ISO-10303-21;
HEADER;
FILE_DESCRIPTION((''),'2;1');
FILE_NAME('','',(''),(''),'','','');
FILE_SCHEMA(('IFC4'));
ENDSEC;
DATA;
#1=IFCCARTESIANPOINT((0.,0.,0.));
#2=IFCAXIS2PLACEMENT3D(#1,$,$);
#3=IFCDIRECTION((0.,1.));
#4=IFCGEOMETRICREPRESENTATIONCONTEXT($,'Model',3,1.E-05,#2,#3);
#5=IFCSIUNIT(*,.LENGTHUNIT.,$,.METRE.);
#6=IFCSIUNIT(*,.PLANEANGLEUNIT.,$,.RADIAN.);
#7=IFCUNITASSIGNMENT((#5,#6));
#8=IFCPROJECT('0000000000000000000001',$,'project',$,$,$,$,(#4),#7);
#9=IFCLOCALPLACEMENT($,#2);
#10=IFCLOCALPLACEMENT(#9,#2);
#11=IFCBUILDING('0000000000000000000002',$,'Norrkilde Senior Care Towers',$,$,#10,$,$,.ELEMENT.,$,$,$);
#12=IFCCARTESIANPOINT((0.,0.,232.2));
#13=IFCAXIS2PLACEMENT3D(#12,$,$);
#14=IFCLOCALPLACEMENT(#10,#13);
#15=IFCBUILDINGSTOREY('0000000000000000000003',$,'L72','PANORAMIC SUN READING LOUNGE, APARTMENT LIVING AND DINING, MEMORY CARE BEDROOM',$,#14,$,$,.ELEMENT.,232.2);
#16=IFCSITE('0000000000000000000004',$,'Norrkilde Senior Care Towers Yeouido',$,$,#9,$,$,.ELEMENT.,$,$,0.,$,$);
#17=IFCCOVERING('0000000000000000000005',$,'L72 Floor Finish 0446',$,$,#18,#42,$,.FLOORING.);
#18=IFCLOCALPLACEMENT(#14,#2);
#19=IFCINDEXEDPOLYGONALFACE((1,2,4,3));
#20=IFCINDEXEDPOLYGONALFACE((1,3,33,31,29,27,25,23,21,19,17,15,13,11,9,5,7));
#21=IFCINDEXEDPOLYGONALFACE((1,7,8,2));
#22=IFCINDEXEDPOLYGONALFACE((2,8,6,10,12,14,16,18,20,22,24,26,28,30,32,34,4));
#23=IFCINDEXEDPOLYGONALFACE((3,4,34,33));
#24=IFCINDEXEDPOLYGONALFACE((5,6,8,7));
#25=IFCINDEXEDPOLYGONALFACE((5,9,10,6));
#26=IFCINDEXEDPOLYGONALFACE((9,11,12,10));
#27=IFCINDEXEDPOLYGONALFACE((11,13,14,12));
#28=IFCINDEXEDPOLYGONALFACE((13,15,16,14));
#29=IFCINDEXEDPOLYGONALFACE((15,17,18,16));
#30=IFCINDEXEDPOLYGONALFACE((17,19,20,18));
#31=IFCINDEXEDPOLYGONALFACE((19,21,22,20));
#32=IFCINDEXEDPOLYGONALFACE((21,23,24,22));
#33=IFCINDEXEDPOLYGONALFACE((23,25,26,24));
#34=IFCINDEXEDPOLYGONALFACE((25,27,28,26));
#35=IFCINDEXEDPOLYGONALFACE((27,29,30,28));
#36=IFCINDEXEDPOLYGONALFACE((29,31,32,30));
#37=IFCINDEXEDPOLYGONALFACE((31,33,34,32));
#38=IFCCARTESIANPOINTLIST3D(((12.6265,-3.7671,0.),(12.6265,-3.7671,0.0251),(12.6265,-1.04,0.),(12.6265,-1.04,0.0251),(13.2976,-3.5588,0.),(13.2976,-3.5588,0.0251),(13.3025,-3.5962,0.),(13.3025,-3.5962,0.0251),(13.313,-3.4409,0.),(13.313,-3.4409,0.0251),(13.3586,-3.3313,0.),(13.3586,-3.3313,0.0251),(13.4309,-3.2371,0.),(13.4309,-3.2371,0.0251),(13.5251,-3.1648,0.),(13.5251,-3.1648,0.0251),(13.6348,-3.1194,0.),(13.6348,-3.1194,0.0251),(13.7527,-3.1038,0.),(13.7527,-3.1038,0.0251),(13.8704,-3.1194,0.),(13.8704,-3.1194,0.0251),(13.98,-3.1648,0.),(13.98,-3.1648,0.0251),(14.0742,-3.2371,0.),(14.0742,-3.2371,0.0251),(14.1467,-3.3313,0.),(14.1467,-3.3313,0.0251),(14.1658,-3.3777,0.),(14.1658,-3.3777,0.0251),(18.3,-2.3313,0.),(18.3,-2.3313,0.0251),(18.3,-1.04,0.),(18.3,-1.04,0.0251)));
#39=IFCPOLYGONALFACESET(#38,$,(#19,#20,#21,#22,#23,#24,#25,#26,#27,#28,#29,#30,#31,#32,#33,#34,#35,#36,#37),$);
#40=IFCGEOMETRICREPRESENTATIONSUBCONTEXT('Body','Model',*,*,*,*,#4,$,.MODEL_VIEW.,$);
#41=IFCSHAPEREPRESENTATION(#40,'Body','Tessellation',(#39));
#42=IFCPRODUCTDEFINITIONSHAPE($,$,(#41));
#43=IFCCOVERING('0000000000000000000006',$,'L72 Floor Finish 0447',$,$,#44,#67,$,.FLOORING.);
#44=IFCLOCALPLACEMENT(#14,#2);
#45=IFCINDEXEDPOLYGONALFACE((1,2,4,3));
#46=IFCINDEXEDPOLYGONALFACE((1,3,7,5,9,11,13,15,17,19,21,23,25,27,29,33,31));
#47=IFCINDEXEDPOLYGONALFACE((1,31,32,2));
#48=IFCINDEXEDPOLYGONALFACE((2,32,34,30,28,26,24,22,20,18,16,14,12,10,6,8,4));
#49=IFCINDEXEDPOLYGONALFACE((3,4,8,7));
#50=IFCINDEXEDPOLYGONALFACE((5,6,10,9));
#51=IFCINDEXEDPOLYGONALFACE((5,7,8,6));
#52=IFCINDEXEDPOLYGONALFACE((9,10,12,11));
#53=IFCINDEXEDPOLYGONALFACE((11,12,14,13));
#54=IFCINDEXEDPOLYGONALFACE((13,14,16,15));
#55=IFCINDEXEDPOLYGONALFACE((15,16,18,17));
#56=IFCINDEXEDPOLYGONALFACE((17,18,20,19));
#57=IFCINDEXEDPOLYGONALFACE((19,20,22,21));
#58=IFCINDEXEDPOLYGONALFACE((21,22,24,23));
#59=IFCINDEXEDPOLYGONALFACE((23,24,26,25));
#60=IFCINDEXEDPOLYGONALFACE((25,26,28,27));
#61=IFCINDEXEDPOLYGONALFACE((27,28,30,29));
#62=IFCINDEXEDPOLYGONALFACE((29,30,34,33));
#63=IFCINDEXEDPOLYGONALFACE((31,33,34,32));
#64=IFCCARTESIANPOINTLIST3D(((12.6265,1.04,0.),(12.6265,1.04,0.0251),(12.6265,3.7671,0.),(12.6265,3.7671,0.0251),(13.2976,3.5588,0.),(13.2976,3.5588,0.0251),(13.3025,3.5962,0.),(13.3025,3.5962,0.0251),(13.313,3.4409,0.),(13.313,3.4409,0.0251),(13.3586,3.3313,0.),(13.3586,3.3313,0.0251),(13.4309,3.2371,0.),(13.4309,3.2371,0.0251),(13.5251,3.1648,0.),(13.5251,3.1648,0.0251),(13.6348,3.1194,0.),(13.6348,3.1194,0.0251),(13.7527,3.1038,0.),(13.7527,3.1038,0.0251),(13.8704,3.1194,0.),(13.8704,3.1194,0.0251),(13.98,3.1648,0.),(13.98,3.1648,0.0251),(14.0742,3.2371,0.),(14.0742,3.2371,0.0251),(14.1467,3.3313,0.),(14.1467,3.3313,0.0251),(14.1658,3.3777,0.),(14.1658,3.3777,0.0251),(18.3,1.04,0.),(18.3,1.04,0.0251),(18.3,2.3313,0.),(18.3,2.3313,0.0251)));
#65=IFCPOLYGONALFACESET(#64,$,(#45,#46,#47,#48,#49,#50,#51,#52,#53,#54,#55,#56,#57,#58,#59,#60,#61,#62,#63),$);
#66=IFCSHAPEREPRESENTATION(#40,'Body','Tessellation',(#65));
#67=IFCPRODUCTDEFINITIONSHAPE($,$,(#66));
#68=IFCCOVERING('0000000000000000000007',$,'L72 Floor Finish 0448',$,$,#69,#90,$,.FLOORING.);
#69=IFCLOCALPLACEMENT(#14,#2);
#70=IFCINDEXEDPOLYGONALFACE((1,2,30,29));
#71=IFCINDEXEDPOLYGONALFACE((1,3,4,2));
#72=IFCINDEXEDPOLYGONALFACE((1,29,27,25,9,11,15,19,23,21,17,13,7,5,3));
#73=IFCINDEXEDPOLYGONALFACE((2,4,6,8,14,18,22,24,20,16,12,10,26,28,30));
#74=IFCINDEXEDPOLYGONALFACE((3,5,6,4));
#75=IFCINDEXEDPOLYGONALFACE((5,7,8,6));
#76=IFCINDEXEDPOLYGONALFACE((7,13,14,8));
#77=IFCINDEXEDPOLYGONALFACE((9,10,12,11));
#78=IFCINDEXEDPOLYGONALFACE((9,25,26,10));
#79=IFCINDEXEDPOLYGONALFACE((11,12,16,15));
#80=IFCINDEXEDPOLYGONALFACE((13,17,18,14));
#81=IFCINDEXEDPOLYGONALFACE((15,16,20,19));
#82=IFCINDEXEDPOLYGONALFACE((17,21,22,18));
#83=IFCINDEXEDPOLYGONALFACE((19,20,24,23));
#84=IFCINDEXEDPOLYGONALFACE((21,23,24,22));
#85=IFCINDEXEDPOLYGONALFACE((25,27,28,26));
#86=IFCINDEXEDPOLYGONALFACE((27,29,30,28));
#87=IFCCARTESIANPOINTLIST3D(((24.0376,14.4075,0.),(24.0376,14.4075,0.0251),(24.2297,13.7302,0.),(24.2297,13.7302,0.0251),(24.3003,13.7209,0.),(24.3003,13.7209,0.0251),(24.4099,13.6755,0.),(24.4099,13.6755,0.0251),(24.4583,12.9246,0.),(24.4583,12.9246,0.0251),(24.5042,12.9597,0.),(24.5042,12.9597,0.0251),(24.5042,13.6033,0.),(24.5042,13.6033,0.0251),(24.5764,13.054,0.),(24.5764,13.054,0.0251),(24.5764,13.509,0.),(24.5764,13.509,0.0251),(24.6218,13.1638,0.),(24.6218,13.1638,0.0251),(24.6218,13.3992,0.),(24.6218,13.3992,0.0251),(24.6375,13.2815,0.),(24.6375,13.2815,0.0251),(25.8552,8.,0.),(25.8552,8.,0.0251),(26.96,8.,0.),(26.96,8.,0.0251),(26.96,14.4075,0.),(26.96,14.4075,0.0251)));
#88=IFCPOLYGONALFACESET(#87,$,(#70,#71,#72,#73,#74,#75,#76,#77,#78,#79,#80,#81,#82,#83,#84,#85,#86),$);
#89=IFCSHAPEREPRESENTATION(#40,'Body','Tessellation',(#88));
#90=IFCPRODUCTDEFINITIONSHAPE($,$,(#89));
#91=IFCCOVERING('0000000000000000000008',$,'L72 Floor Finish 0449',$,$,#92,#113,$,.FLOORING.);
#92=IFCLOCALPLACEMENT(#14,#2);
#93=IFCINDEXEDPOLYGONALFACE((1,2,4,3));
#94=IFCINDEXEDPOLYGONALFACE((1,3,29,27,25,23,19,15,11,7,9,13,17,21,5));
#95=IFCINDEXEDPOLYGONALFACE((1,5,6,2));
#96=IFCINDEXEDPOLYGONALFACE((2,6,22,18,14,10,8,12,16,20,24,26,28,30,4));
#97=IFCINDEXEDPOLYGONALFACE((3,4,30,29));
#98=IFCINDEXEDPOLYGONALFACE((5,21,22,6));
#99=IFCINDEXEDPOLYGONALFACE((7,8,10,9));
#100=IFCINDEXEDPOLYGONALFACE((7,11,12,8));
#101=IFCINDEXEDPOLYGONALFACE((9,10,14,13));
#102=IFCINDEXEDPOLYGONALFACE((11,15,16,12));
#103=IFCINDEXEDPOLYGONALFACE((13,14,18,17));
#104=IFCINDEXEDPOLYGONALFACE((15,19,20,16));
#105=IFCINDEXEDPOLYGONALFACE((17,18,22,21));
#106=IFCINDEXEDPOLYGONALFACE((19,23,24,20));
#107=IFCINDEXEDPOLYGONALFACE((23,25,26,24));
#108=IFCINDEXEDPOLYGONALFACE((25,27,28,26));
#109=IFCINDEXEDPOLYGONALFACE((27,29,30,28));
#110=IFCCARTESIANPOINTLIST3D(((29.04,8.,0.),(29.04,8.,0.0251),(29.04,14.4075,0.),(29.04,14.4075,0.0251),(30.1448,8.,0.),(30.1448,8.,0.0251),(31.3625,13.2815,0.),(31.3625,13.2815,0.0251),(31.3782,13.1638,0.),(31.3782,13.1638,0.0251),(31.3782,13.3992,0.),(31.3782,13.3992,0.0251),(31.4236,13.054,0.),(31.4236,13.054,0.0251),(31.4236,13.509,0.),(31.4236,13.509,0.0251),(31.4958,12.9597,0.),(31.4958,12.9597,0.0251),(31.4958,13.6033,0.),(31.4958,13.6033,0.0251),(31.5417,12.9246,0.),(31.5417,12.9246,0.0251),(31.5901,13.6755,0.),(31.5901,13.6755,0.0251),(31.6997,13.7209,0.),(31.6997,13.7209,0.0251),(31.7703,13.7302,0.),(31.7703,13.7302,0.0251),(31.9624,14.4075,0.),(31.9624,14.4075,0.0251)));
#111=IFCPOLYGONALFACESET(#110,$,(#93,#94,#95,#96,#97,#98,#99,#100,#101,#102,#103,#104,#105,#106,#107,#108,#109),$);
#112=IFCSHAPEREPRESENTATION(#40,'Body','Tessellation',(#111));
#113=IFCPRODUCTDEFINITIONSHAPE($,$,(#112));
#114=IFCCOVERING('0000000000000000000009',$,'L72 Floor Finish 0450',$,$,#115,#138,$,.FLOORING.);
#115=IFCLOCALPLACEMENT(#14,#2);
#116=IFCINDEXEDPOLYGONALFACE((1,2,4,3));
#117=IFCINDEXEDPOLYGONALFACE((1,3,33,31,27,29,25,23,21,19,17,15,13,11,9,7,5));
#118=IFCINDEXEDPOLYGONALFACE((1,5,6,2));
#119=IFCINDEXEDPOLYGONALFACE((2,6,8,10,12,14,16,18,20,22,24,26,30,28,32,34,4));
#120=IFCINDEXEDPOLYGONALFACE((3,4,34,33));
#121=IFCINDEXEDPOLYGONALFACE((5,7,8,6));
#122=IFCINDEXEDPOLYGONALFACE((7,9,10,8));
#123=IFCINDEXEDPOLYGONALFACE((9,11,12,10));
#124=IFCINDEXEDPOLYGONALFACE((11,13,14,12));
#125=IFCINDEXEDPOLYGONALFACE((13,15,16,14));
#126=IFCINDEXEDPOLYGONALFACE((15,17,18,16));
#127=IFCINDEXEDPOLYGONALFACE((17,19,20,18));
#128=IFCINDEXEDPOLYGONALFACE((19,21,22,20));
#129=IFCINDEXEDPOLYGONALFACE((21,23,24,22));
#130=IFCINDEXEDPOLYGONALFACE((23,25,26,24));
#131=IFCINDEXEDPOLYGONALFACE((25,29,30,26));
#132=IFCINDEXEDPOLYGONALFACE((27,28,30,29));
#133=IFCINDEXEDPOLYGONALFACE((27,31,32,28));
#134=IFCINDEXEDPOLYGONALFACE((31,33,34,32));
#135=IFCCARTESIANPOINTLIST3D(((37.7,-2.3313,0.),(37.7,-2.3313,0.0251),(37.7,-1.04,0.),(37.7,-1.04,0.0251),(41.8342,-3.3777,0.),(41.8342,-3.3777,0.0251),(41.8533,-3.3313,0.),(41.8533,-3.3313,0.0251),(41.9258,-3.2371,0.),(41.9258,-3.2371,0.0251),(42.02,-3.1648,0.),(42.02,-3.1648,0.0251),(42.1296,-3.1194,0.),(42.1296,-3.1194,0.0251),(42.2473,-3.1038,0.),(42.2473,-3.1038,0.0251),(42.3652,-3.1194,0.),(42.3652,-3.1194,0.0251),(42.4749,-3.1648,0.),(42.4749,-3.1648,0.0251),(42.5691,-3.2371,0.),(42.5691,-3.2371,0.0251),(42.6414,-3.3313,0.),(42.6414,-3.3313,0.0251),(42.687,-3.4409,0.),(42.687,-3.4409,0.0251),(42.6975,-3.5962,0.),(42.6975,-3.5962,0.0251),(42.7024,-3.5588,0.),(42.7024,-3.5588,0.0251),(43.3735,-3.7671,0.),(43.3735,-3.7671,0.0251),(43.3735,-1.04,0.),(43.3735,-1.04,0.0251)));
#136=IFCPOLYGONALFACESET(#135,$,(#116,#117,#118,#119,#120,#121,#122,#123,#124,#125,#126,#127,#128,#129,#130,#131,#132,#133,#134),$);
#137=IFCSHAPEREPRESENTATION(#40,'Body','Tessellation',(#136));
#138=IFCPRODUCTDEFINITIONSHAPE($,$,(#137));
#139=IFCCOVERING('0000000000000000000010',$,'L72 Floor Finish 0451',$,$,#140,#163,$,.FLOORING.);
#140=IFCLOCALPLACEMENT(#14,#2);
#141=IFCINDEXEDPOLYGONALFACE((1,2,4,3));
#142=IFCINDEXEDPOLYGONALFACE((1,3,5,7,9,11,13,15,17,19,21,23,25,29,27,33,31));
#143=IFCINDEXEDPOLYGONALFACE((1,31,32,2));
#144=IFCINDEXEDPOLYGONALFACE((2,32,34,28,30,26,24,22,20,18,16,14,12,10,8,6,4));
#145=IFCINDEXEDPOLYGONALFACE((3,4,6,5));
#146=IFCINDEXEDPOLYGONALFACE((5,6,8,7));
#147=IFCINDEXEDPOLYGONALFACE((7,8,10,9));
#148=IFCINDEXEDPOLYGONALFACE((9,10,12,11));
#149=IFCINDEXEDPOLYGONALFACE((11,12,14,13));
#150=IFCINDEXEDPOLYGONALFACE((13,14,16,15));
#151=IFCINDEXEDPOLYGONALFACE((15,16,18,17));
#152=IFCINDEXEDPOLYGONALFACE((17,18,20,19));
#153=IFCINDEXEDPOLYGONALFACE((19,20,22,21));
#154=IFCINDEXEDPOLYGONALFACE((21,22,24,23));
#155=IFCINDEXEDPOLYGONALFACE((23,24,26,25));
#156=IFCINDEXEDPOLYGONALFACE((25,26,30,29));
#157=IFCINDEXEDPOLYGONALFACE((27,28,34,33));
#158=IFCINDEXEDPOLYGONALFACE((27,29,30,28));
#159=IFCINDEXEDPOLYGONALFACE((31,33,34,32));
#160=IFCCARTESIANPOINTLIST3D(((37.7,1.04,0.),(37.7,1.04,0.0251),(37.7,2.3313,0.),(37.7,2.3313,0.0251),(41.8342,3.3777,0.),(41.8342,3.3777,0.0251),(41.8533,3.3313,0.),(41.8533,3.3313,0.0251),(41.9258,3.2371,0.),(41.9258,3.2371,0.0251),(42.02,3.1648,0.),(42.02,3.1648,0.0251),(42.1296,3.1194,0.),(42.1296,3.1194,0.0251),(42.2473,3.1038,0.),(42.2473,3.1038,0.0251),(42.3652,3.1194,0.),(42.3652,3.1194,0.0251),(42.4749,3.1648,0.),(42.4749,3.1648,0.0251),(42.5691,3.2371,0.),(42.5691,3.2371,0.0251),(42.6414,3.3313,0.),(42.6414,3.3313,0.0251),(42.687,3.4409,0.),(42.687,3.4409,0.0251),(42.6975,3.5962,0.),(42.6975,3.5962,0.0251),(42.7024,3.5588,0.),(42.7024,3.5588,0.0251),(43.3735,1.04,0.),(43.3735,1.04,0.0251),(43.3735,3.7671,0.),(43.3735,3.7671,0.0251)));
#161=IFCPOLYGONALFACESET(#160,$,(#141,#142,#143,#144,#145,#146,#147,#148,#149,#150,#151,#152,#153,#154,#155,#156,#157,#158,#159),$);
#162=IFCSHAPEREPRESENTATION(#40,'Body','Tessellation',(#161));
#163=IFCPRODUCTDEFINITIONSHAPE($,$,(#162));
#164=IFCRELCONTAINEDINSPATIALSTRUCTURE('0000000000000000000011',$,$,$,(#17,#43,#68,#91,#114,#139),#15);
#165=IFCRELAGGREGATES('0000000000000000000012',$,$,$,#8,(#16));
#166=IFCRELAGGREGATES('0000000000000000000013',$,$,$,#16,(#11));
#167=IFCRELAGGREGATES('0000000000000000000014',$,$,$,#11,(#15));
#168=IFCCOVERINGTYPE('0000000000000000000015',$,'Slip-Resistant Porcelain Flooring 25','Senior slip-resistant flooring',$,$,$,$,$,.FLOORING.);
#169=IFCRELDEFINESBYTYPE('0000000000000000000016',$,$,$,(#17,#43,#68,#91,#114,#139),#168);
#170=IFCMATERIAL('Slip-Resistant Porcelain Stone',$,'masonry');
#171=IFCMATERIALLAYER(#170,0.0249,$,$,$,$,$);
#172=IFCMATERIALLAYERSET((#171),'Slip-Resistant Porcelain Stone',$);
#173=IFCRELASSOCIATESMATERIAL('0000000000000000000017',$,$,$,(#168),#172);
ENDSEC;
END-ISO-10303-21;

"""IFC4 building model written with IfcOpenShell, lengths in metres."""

from ifc_helpers import new_model, si_unit, direction, frame, origin, place, context, subcontext, project, spatial, polyline, outline, extrude, material, layer, layer_set, type_object, element, save


model = new_model("IFC4")

# Units and contexts
model_context = context("Model", 3, precision=1e-05, world=origin(), true_north=direction((0.0, 1.0)))
body_context = subcontext(model_context, "Body", "Model", "MODEL_VIEW")
ifc_project = project(units=[si_unit("LENGTHUNIT", "METRE"), si_unit("PLANEANGLEUNIT", "RADIAN")], contexts=[model_context])

# Site, building, storey
site_placement = place(None, origin())
site = spatial("IfcSite", under=ifc_project, at=site_placement, Name="Norrkilde Senior Care Towers Yeouido", CompositionType="ELEMENT", RefElevation=0.0)
building_placement = place(site_placement, origin())
building = spatial("IfcBuilding", under=site, at=building_placement, Name="Norrkilde Senior Care Towers", CompositionType="ELEMENT")
storey_placement = place(building_placement, frame((0.0, 0.0, 232.2)))
storey = spatial("IfcBuildingStorey", under=building, at=storey_placement, Name="L72", Description="PANORAMIC SUN READING LOUNGE, APARTMENT LIVING AND DINING, MEMORY CARE BEDROOM", CompositionType="ELEMENT", Elevation=232.2)

# Coverings
ifc_material_1 = material(Name="Slip-Resistant Porcelain Stone", Category="masonry")
ifc_layer_1 = layer(ifc_material_1, 0.0249)
ifc_layer_set_1 = layer_set([ifc_layer_1], Name="Slip-Resistant Porcelain Stone")
covering_type_1 = type_object("IfcCoveringType", Name="Slip-Resistant Porcelain Flooring 25", Description="Senior slip-resistant flooring", PredefinedType="FLOORING", material=ifc_layer_set_1)
covering_1_placement = place(storey_placement, origin())
element("IfcCovering", 1, at=covering_1_placement, inside=storey, type_object=covering_type_1, Name="L72 Floor Finish 0446", PredefinedType="FLOORING", context=body_context, shape_type="SweptSolid", body=[
    extrude(outline(polyline([(18.3, -1.04), (18.3, -2.3313), (14.1658, -3.3777), (14.1467, -3.3313), (14.0742, -3.2371), (13.98, -3.1648), (13.8704, -3.1194), (13.7527, -3.1038), (13.6348, -3.1194), (13.5251, -3.1648), (13.4309, -3.2371), (13.3586, -3.3313), (13.313, -3.4409), (13.2976, -3.5588), (13.3025, -3.5962), (12.6265, -3.7671), (12.6265, -1.04), (18.3, -1.04)])), origin(), (0.0, 0.0, 1.0), 0.0251),
])
covering_2_placement = place(storey_placement, origin())
element("IfcCovering", 2, at=covering_2_placement, inside=storey, type_object=covering_type_1, Name="L72 Floor Finish 0447", PredefinedType="FLOORING", context=body_context, shape_type="SweptSolid", body=[
    extrude(outline(polyline([(18.3, 1.04), (12.6265, 1.04), (12.6265, 3.7671), (13.3025, 3.5962), (13.2976, 3.5588), (13.313, 3.4409), (13.3586, 3.3313), (13.4309, 3.2371), (13.5251, 3.1648), (13.6348, 3.1194), (13.7527, 3.1038), (13.8704, 3.1194), (13.98, 3.1648), (14.0742, 3.2371), (14.1467, 3.3313), (14.1658, 3.3777), (18.3, 2.3313), (18.3, 1.04)])), origin(), (0.0, 0.0, 1.0), 0.0251),
])
covering_3_placement = place(storey_placement, origin())
element("IfcCovering", 3, at=covering_3_placement, inside=storey, type_object=covering_type_1, Name="L72 Floor Finish 0448", PredefinedType="FLOORING", context=body_context, shape_type="SweptSolid", body=[
    extrude(outline(polyline([(26.96, 14.4075), (26.96, 8.0), (25.8552, 8.0), (24.4583, 12.9246), (24.5042, 12.9597), (24.5764, 13.054), (24.6218, 13.1638), (24.6375, 13.2815), (24.6218, 13.3992), (24.5764, 13.509), (24.5042, 13.6033), (24.4099, 13.6755), (24.3003, 13.7209), (24.2297, 13.7302), (24.0376, 14.4075), (26.96, 14.4075)])), origin(), (0.0, 0.0, 1.0), 0.0251),
])
covering_4_placement = place(storey_placement, origin())
element("IfcCovering", 4, at=covering_4_placement, inside=storey, type_object=covering_type_1, Name="L72 Floor Finish 0449", PredefinedType="FLOORING", context=body_context, shape_type="SweptSolid", body=[
    extrude(outline(polyline([(31.9624, 14.4075), (31.7703, 13.7302), (31.6997, 13.7209), (31.5901, 13.6755), (31.4958, 13.6033), (31.4236, 13.509), (31.3782, 13.3992), (31.3625, 13.2815), (31.3782, 13.1638), (31.4236, 13.054), (31.4958, 12.9597), (31.5417, 12.9246), (30.1448, 8.0), (29.04, 8.0), (29.04, 14.4075), (31.9624, 14.4075)])), origin(), (0.0, 0.0, 1.0), 0.0251),
])
covering_5_placement = place(storey_placement, origin())
element("IfcCovering", 5, at=covering_5_placement, inside=storey, type_object=covering_type_1, Name="L72 Floor Finish 0450", PredefinedType="FLOORING", context=body_context, shape_type="SweptSolid", body=[
    extrude(outline(polyline([(43.3735, -3.7671), (42.6975, -3.5962), (42.7024, -3.5588), (42.687, -3.4409), (42.6414, -3.3313), (42.5691, -3.2371), (42.4749, -3.1648), (42.3652, -3.1194), (42.2473, -3.1038), (42.1296, -3.1194), (42.02, -3.1648), (41.9258, -3.2371), (41.8533, -3.3313), (41.8342, -3.3777), (37.7, -2.3313), (37.7, -1.04), (43.3735, -1.04), (43.3735, -3.7671)])), origin(), (0.0, 0.0, 1.0), 0.0251),
])
covering_6_placement = place(storey_placement, origin())
element("IfcCovering", 6, at=covering_6_placement, inside=storey, type_object=covering_type_1, Name="L72 Floor Finish 0451", PredefinedType="FLOORING", context=body_context, shape_type="SweptSolid", body=[
    extrude(outline(polyline([(43.3735, 1.04), (37.7, 1.04), (37.7, 2.3313), (41.8342, 3.3777), (41.8533, 3.3313), (41.9258, 3.2371), (42.02, 3.1648), (42.1296, 3.1194), (42.2473, 3.1038), (42.3652, 3.1194), (42.4749, 3.1648), (42.5691, 3.2371), (42.6414, 3.3313), (42.687, 3.4409), (42.7024, 3.5588), (42.6975, 3.5962), (43.3735, 3.7671), (43.3735, 1.04)])), origin(), (0.0, 0.0, 1.0), 0.0251),
])

save(model, "model.ifc")
